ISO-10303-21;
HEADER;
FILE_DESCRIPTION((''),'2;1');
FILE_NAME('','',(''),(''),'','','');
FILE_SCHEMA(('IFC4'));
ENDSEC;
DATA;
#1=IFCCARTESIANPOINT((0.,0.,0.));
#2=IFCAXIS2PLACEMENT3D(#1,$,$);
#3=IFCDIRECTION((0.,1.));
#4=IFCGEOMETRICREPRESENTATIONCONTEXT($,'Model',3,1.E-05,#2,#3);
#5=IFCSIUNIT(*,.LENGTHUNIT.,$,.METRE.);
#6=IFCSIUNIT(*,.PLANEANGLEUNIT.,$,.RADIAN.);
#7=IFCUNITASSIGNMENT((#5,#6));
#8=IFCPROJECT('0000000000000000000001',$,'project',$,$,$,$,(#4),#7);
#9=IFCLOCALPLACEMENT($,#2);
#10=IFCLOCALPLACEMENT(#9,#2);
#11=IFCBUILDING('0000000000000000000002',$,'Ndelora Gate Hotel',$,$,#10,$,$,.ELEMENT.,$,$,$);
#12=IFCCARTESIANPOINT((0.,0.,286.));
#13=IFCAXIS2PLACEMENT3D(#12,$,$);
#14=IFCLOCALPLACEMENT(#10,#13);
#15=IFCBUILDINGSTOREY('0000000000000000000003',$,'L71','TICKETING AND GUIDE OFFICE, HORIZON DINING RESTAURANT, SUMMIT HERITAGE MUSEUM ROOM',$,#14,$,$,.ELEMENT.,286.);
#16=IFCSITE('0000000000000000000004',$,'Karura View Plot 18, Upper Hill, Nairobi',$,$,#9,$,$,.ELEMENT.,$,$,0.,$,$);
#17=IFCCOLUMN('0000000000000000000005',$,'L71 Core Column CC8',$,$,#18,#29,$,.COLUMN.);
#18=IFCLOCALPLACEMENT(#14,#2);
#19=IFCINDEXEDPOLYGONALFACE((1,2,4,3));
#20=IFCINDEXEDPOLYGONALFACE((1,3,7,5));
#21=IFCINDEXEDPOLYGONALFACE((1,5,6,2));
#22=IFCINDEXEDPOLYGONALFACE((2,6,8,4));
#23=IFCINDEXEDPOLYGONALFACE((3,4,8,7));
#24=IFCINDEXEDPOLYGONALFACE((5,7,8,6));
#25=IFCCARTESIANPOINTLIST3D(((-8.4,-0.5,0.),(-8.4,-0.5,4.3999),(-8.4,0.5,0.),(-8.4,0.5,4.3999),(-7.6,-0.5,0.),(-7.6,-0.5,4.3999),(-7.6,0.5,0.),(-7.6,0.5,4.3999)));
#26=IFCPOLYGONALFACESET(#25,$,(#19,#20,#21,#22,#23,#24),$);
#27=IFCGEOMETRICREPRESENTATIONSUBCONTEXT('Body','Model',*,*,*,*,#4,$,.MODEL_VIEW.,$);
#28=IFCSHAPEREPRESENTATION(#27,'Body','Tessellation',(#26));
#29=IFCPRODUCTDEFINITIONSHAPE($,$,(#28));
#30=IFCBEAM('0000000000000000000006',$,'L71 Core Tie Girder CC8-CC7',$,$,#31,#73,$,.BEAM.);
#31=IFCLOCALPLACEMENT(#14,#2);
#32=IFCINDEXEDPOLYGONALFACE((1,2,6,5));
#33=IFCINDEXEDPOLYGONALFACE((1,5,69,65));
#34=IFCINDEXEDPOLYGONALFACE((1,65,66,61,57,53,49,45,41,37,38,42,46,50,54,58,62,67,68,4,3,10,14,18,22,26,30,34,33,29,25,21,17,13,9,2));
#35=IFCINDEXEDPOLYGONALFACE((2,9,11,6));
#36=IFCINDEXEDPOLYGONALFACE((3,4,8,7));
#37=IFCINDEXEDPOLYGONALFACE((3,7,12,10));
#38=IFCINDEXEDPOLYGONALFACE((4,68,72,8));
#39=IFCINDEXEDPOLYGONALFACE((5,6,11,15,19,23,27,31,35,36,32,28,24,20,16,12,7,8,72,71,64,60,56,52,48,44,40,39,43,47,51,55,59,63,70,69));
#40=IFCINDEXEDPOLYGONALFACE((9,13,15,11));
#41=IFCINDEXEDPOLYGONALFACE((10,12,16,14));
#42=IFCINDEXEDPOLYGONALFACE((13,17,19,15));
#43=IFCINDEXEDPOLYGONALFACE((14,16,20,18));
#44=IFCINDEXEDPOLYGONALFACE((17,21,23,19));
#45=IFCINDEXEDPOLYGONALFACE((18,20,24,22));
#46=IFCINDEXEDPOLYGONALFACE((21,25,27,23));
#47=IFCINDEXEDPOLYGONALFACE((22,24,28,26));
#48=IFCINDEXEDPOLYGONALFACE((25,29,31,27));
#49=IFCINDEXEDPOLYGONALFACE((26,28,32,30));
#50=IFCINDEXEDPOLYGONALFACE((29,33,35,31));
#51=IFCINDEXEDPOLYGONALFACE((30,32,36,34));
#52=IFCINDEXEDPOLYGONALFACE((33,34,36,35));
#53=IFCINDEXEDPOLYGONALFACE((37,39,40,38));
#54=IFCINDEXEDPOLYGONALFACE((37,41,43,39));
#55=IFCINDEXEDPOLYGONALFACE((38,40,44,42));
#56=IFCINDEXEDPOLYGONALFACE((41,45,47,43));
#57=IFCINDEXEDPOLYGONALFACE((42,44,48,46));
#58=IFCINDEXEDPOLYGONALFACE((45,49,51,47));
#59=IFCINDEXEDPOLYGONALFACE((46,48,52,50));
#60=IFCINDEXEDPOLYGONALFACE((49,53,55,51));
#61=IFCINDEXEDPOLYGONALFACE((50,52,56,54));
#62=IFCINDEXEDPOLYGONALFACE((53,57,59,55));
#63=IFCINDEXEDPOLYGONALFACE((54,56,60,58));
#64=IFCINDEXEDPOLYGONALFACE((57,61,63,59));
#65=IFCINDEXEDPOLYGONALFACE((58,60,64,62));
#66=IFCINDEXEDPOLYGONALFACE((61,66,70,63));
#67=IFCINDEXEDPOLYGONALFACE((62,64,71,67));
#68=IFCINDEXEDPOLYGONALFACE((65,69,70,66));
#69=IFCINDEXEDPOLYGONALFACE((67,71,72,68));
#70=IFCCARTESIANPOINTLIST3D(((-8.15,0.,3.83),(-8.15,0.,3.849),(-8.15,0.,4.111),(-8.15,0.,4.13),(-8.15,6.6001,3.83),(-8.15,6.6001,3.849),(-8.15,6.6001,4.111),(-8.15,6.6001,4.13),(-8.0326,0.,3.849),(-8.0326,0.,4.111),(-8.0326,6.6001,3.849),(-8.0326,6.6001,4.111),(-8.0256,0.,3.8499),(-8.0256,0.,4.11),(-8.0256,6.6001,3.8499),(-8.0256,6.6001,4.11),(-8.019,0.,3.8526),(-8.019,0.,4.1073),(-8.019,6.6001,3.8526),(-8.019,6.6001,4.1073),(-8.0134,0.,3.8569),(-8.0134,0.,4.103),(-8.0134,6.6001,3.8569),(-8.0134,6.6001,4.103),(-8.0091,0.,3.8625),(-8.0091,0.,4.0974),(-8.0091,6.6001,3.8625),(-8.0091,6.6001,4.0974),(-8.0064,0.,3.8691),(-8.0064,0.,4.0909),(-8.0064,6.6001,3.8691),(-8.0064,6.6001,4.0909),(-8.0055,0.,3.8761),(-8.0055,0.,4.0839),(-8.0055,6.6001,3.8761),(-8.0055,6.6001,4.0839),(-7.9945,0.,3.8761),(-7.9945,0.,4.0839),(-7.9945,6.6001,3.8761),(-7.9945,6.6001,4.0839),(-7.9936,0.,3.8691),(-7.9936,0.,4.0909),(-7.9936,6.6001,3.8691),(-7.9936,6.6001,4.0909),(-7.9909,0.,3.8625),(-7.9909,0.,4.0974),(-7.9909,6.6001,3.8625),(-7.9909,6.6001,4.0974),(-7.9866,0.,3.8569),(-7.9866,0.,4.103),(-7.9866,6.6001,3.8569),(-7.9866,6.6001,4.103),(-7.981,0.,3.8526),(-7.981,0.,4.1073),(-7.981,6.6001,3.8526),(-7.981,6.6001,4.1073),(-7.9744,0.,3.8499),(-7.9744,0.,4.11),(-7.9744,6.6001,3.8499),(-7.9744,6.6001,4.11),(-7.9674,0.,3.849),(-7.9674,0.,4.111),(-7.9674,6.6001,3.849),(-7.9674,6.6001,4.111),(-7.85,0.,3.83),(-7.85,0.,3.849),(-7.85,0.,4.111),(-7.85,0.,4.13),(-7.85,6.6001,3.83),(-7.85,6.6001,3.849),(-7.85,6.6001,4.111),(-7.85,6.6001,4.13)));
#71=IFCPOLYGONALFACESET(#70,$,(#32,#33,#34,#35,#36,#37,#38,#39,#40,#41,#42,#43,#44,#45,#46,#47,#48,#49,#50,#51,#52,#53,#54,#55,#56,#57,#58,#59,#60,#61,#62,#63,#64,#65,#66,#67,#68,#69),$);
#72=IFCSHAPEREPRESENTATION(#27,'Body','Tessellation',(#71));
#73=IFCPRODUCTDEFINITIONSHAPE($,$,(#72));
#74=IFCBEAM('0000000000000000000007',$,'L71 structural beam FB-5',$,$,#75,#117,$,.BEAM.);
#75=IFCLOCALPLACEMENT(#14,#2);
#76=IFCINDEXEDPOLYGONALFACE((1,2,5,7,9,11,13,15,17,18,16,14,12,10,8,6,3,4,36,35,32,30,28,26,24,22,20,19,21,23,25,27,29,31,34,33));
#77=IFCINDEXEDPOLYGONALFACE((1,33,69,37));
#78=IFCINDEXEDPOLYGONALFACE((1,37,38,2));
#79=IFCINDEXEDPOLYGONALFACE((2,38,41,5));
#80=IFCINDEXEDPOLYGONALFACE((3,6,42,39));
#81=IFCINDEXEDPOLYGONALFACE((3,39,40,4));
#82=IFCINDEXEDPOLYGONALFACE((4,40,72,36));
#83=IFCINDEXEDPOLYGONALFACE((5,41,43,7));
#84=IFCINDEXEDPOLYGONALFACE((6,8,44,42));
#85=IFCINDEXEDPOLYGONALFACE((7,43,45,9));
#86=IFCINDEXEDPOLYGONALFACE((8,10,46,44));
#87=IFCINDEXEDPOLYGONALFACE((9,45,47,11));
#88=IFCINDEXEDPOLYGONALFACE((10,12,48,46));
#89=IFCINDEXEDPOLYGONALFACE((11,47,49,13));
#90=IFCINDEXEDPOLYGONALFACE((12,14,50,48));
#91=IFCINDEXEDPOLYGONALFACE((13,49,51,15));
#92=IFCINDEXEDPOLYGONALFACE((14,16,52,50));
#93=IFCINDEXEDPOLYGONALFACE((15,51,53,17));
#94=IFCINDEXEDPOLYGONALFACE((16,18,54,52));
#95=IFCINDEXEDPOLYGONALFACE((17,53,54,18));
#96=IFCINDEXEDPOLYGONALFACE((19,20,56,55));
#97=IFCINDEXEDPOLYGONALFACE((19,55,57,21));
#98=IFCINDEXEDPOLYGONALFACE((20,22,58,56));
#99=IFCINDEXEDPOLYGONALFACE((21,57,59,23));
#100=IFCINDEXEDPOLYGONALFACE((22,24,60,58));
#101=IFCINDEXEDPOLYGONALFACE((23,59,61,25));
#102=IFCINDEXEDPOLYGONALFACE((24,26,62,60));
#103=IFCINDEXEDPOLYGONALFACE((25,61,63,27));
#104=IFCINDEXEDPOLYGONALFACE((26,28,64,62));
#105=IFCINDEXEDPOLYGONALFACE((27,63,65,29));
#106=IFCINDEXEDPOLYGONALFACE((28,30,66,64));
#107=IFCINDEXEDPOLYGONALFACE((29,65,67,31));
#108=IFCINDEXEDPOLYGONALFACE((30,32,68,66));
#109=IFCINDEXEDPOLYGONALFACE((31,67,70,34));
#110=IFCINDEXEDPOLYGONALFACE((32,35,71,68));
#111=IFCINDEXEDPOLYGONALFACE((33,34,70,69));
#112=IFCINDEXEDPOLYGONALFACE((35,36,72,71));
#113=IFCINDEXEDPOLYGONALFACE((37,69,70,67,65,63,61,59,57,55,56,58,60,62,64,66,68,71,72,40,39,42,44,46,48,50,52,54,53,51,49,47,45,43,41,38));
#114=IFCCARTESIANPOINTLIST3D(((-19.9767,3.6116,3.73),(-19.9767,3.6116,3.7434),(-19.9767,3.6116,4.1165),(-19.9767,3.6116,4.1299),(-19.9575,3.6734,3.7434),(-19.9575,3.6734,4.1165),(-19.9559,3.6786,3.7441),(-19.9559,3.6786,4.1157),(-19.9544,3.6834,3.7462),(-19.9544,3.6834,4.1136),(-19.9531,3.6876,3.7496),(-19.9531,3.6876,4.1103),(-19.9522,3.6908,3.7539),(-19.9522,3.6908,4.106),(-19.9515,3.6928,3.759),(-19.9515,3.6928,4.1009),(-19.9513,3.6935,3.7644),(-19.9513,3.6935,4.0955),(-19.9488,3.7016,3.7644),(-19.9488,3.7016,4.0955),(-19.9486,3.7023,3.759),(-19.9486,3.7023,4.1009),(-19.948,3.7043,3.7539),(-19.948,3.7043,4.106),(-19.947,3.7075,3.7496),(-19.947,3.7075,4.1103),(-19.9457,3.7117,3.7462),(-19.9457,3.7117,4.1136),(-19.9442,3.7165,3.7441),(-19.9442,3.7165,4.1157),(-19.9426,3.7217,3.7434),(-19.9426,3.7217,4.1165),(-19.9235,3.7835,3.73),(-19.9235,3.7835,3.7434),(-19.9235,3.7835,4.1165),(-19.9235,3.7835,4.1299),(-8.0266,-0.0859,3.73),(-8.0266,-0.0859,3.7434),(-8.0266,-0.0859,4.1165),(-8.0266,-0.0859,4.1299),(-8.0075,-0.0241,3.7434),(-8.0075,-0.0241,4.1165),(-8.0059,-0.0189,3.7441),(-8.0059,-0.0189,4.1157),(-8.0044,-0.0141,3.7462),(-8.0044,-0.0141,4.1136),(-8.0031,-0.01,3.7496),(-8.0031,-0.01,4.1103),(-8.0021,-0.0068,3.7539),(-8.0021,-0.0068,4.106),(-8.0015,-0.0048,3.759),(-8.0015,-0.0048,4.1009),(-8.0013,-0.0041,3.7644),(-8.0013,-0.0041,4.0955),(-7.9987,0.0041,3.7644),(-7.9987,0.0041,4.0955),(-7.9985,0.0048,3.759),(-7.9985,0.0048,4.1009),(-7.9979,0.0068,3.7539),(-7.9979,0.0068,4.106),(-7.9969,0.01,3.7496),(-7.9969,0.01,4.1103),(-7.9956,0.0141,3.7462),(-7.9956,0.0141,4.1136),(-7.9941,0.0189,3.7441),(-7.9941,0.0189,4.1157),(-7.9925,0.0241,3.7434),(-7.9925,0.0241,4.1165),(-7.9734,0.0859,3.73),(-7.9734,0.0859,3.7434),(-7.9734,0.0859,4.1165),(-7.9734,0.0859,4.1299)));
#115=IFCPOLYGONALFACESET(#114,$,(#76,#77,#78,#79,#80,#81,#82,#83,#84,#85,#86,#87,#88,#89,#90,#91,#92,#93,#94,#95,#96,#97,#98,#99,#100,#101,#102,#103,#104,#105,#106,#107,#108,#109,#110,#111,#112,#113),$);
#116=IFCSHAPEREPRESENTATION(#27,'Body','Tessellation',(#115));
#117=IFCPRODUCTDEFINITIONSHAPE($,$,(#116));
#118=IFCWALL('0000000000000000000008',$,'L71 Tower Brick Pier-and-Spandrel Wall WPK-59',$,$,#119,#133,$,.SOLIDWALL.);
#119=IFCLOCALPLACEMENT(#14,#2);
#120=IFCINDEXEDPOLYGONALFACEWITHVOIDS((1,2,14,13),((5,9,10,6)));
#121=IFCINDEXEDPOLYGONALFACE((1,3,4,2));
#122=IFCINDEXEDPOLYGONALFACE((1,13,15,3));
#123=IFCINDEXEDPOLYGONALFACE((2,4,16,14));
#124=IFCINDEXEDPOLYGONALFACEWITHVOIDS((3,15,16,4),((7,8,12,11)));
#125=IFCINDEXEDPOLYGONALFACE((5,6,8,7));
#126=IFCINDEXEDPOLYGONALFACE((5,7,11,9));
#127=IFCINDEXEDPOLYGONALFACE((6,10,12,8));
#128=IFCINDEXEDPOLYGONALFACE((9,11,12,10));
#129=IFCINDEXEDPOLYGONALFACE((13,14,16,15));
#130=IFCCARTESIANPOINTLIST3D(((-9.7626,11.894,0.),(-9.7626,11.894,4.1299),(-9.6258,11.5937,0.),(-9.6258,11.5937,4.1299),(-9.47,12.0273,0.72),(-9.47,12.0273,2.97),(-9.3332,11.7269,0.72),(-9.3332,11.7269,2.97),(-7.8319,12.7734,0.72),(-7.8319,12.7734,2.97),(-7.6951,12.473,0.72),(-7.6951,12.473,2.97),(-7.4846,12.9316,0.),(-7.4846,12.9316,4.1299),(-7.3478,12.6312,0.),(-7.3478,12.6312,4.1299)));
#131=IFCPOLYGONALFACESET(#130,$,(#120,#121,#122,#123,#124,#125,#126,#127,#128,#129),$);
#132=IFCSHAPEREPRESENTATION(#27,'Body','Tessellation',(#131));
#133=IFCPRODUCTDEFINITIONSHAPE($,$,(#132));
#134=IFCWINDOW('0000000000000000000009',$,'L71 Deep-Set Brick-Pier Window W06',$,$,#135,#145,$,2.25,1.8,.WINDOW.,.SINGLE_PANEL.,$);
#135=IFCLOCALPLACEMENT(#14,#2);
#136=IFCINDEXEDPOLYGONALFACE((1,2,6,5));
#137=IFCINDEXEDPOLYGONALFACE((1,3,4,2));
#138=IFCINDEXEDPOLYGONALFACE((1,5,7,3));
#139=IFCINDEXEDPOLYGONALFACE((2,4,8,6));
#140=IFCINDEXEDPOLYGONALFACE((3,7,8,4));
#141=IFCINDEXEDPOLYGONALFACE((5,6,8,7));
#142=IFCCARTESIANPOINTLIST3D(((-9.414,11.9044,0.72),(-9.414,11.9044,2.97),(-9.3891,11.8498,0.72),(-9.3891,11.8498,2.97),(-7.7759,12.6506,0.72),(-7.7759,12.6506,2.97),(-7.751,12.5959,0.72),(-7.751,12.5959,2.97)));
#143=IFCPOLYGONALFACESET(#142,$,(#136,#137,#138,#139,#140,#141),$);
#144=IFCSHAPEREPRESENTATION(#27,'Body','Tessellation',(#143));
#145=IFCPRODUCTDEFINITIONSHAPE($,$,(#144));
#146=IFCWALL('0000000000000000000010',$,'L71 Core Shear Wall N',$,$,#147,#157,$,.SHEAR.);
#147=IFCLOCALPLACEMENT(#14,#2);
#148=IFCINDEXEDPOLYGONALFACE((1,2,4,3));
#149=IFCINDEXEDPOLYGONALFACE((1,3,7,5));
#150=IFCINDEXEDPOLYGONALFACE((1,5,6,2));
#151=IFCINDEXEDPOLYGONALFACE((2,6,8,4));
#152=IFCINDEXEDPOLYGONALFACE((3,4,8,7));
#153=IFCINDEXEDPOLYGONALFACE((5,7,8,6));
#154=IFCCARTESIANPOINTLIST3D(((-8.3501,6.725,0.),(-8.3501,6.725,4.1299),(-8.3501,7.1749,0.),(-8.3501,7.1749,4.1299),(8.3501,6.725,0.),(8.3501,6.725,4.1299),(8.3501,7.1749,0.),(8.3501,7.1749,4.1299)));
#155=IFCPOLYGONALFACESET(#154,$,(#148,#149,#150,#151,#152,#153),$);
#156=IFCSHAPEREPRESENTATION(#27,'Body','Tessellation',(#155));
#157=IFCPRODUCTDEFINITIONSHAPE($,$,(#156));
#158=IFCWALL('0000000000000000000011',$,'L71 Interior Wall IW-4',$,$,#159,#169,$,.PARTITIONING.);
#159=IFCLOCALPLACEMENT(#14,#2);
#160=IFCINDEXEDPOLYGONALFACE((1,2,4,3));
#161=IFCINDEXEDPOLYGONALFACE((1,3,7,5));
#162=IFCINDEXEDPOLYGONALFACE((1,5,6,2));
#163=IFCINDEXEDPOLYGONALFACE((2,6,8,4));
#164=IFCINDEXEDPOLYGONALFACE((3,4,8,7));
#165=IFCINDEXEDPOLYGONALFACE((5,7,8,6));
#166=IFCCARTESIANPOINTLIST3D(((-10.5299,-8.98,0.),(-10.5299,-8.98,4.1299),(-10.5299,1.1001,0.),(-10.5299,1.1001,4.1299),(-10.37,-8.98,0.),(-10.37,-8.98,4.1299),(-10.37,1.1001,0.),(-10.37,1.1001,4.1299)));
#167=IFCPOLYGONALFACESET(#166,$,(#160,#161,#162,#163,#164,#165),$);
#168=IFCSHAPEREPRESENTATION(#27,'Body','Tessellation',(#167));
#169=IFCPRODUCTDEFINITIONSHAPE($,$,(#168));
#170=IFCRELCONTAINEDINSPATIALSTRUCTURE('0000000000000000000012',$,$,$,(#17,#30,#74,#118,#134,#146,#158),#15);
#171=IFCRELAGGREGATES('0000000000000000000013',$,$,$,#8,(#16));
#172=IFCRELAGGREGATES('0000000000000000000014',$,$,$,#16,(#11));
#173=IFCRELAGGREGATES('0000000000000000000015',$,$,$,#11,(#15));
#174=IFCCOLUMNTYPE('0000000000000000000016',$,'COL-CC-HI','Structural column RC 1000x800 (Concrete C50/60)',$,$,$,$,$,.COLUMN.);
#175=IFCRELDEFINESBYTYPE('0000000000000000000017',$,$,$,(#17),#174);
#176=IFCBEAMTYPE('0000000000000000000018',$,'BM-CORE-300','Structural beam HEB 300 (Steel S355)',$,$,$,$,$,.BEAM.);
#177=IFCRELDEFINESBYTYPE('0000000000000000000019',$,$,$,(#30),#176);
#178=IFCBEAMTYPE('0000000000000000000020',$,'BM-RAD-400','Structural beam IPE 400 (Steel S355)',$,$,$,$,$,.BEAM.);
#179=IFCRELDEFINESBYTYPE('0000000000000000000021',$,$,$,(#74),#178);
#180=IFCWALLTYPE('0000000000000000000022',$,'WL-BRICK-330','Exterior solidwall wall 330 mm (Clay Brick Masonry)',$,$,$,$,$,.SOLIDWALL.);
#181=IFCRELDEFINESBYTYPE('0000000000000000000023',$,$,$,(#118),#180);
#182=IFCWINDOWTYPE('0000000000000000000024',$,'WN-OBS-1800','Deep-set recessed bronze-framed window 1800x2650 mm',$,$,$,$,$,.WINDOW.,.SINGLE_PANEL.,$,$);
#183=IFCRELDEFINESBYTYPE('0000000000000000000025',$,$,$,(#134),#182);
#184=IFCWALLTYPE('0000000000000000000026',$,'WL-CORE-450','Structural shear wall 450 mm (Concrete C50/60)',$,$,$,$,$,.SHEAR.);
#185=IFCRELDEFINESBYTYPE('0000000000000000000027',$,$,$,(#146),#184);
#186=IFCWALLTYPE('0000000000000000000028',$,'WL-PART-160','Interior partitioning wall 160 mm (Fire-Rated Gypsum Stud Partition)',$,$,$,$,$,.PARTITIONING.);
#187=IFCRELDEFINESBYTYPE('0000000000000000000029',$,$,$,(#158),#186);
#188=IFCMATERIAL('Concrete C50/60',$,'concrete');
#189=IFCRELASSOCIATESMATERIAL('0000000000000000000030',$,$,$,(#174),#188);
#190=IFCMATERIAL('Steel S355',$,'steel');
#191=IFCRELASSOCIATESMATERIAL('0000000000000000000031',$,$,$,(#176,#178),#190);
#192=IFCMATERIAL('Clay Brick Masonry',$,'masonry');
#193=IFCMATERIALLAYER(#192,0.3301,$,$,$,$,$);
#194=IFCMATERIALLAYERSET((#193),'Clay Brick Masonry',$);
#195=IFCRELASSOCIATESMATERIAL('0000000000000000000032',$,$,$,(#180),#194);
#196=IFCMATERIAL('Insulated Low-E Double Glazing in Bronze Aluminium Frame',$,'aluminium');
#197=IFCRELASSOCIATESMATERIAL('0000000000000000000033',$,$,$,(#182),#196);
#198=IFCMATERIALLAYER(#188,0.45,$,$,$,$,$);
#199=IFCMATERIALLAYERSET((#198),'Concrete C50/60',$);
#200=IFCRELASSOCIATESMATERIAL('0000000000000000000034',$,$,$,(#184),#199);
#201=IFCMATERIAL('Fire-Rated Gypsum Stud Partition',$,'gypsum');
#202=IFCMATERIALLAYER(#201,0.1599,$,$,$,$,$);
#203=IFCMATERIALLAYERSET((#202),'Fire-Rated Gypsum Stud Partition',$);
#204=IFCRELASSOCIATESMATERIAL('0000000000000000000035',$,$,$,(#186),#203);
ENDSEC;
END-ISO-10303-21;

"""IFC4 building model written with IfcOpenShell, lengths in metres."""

from ifc_helpers import new_model, si_unit, direction, frame, frame_2d, origin, origin_2d, place, context, subcontext, project, spatial, rectangle, i_section, extrude, material, layer, layer_set, material_profile, profile_set, type_object, element, fill, save


model = new_model("IFC4")

# Units and contexts
model_context = context("Model", 3, precision=1e-05, world=origin(), true_north=direction((0.0, 1.0)))
body_context = subcontext(model_context, "Body", "Model", "MODEL_VIEW")
ifc_project = project(units=[si_unit("LENGTHUNIT", "METRE"), si_unit("PLANEANGLEUNIT", "RADIAN")], contexts=[model_context])

# Site, building, storey
site_placement = place(None, origin())
site = spatial("IfcSite", under=ifc_project, at=site_placement, Name="Karura View Plot 18, Upper Hill, Nairobi", CompositionType="ELEMENT", RefElevation=0.0)
building_placement = place(site_placement, origin())
building = spatial("IfcBuilding", under=site, at=building_placement, Name="Ndelora Gate Hotel", CompositionType="ELEMENT")
storey_placement = place(building_placement, frame((0.0, 0.0, 286.0)))
storey = spatial("IfcBuildingStorey", under=building, at=storey_placement, Name="L71", Description="TICKETING AND GUIDE OFFICE, HORIZON DINING RESTAURANT, SUMMIT HERITAGE MUSEUM ROOM", CompositionType="ELEMENT", Elevation=286.0)

# Column
ifc_material_1 = material(Name="Concrete C50/60", Category="concrete")
ifc_material_profile_1 = material_profile(ifc_material_1, rectangle(XDim=0.8, YDim=1.0, at=origin_2d()), Name="RC 1000x800")
ifc_profile_set_1 = profile_set([ifc_material_profile_1], Name="Concrete C50/60")
column_type = type_object("IfcColumnType", Name="COL-CC-HI", Description="Structural column RC 1000x800 (Concrete C50/60)", PredefinedType="COLUMN", material=ifc_profile_set_1)
column_placement = place(storey_placement, frame((-8.0, 0.0, 0.0), z_axis=(0.0, 0.0, 1.0), x_axis=(1.0, 0.0, 0.0)))
element("IfcColumn", 1, at=column_placement, inside=storey, type_object=column_type, Name="L71 Core Column CC8", PredefinedType="COLUMN", context=body_context, shape_type="SweptSolid", body=[
    extrude(rectangle(XDim=0.8, YDim=1.0, at=origin_2d()), origin(), (0.0, 0.0, 1.0), 4.3999),
])

# Beams
ifc_material_2 = material(Name="Steel S355", Category="steel")
ifc_material_profile_2 = material_profile(ifc_material_2, i_section(OverallWidth=0.3, OverallDepth=0.3, WebThickness=0.011, FlangeThickness=0.019, FilletRadius=0.0271, at=origin_2d()), Name="HEB 300")
ifc_profile_set_2 = profile_set([ifc_material_profile_2], Name="Steel S355")
beam_type_1 = type_object("IfcBeamType", Name="BM-CORE-300", Description="Structural beam HEB 300 (Steel S355)", PredefinedType="BEAM", material=ifc_profile_set_2)
beam_1_placement = place(storey_placement, frame((-8.0, 0.0, 3.98), z_axis=(0.0, 1.0, 0.0), x_axis=(-1.0, 0.0, 0.0)))
element("IfcBeam", 2, at=beam_1_placement, inside=storey, type_object=beam_type_1, Name="L71 Core Tie Girder CC8-CC7", PredefinedType="BEAM", context=body_context, shape_type="SweptSolid", body=[
    extrude(i_section(OverallWidth=0.3, OverallDepth=0.3, WebThickness=0.011, FlangeThickness=0.019, FilletRadius=0.0271, at=origin_2d()), origin(), (0.0, 0.0, 1.0), 6.6001),
])
ifc_material_profile_3 = material_profile(ifc_material_2, i_section(OverallWidth=0.1799, OverallDepth=0.3999, WebThickness=0.0085, FlangeThickness=0.0134, FilletRadius=0.021, at=origin_2d()), Name="IPE 400")
ifc_profile_set_3 = profile_set([ifc_material_profile_3], Name="Steel S355")
beam_type_2 = type_object("IfcBeamType", Name="BM-RAD-400", Description="Structural beam IPE 400 (Steel S355)", PredefinedType="BEAM", material=ifc_profile_set_3)
beam_2_placement = place(storey_placement, frame((-8.0, 0.0, 3.9299), z_axis=(-0.955315, 0.29559, 0.0), x_axis=(-0.29559, -0.955315, 0.0)))
element("IfcBeam", 3, at=beam_2_placement, inside=storey, type_object=beam_type_2, Name="L71 structural beam FB-5", PredefinedType="BEAM", context=body_context, shape_type="SweptSolid", body=[
    extrude(i_section(OverallWidth=0.1799, OverallDepth=0.3999, WebThickness=0.0085, FlangeThickness=0.0134, FilletRadius=0.021, at=origin_2d()), origin(), (0.0, 0.0, 1.0), 12.509),
])

# Wall, opening, window
ifc_material_3 = material(Name="Clay Brick Masonry", Category="masonry")
ifc_layer_1 = layer(ifc_material_3, 0.3301)
ifc_layer_set_1 = layer_set([ifc_layer_1], Name="Clay Brick Masonry")
wall_type_1 = type_object("IfcWallType", Name="WL-BRICK-330", Description="Exterior solidwall wall 330 mm (Clay Brick Masonry)", PredefinedType="SOLIDWALL", material=ifc_layer_set_1)
wall_1_placement = place(storey_placement, frame((-9.6941, 11.7439, 0.0), z_axis=(0.0, 0.0, 1.0), x_axis=(0.910049, 0.414501, 0.0)))
wall_1 = element("IfcWall", 4, at=wall_1_placement, inside=storey, type_object=wall_type_1, Name="L71 Tower Brick Pier-and-Spandrel Wall WPK-59", PredefinedType="SOLIDWALL", context=body_context, shape_type="SweptSolid", body=[
    extrude(rectangle(XDim=2.5032, YDim=0.3301, at=frame_2d((1.2515, 0.0))), origin(), (0.0, 0.0, 1.0), 4.1299),
])
opening_1_placement = place(wall_1_placement, frame((0.3215, 0.0, 0.72)))
opening_1 = element("IfcOpeningElement", 5, at=opening_1_placement, cuts=wall_1, PredefinedType="OPENING", context=body_context, shape_type="SweptSolid", body=[
    extrude(rectangle(XDim=1.8, YDim=2.25, at=frame_2d((0.8999, 1.125))), frame((0.0, 0.175, 0.0), z_axis=(0.0, -1.0, 0.0), x_axis=(1.0, 0.0, 0.0)), (0.0, 0.0, 1.0), 0.3501),
])
ifc_material_4 = material(Name="Insulated Low-E Double Glazing in Bronze Aluminium Frame", Category="aluminium")
window_type = type_object("IfcWindowType", Name="WN-OBS-1800", Description="Deep-set recessed bronze-framed window 1800x2650 mm", PartitioningType="SINGLE_PANEL", PredefinedType="WINDOW", material=ifc_material_4)
window_placement = place(opening_1_placement, origin())
window = element("IfcWindow", 6, at=window_placement, inside=storey, type_object=window_type, Name="L71 Deep-Set Brick-Pier Window W06", OverallHeight=2.25, OverallWidth=1.8, PartitioningType="SINGLE_PANEL", PredefinedType="WINDOW", context=body_context, shape_type="SweptSolid", body=[
    extrude(rectangle(XDim=1.8, YDim=2.25, at=frame_2d((0.8999, 1.125))), frame((0.0, 0.03, 0.0), z_axis=(0.0, -1.0, 0.0), x_axis=(1.0, 0.0, 0.0)), (0.0, 0.0, 1.0), 0.0601),
])
fill(opening_1, window)

# Wall
ifc_layer_2 = layer(ifc_material_1, 0.45)
ifc_layer_set_2 = layer_set([ifc_layer_2], Name="Concrete C50/60")
wall_type_2 = type_object("IfcWallType", Name="WL-CORE-450", Description="Structural shear wall 450 mm (Concrete C50/60)", PredefinedType="SHEAR", material=ifc_layer_set_2)
wall_2_placement = place(storey_placement, frame((-8.3501, 6.95, 0.0), z_axis=(0.0, 0.0, 1.0), x_axis=(1.0, 0.0, 0.0)))
element("IfcWall", 7, at=wall_2_placement, inside=storey, type_object=wall_type_2, Name="L71 Core Shear Wall N", PredefinedType="SHEAR", context=body_context, shape_type="SweptSolid", body=[
    extrude(rectangle(XDim=16.7002, YDim=0.45, at=frame_2d((8.3501, 0.0))), origin(), (0.0, 0.0, 1.0), 4.1299),
])

# Wall
ifc_material_5 = material(Name="Fire-Rated Gypsum Stud Partition", Category="gypsum")
ifc_layer_3 = layer(ifc_material_5, 0.1599)
ifc_layer_set_3 = layer_set([ifc_layer_3], Name="Fire-Rated Gypsum Stud Partition")
wall_type_3 = type_object("IfcWallType", Name="WL-PART-160", Description="Interior partitioning wall 160 mm (Fire-Rated Gypsum Stud Partition)", PredefinedType="PARTITIONING", material=ifc_layer_set_3)
wall_3_placement = place(storey_placement, frame((-10.45, 1.1001, 0.0), z_axis=(0.0, 0.0, 1.0), x_axis=(0.0, -1.0, 0.0)))
element("IfcWall", 8, at=wall_3_placement, inside=storey, type_object=wall_type_3, Name="L71 Interior Wall IW-4", PredefinedType="PARTITIONING", context=body_context, shape_type="SweptSolid", body=[
    extrude(rectangle(XDim=10.0801, YDim=0.1599, at=frame_2d((5.04, 0.0))), origin(), (0.0, 0.0, 1.0), 4.1299),
])

save(model, "model.ifc")
